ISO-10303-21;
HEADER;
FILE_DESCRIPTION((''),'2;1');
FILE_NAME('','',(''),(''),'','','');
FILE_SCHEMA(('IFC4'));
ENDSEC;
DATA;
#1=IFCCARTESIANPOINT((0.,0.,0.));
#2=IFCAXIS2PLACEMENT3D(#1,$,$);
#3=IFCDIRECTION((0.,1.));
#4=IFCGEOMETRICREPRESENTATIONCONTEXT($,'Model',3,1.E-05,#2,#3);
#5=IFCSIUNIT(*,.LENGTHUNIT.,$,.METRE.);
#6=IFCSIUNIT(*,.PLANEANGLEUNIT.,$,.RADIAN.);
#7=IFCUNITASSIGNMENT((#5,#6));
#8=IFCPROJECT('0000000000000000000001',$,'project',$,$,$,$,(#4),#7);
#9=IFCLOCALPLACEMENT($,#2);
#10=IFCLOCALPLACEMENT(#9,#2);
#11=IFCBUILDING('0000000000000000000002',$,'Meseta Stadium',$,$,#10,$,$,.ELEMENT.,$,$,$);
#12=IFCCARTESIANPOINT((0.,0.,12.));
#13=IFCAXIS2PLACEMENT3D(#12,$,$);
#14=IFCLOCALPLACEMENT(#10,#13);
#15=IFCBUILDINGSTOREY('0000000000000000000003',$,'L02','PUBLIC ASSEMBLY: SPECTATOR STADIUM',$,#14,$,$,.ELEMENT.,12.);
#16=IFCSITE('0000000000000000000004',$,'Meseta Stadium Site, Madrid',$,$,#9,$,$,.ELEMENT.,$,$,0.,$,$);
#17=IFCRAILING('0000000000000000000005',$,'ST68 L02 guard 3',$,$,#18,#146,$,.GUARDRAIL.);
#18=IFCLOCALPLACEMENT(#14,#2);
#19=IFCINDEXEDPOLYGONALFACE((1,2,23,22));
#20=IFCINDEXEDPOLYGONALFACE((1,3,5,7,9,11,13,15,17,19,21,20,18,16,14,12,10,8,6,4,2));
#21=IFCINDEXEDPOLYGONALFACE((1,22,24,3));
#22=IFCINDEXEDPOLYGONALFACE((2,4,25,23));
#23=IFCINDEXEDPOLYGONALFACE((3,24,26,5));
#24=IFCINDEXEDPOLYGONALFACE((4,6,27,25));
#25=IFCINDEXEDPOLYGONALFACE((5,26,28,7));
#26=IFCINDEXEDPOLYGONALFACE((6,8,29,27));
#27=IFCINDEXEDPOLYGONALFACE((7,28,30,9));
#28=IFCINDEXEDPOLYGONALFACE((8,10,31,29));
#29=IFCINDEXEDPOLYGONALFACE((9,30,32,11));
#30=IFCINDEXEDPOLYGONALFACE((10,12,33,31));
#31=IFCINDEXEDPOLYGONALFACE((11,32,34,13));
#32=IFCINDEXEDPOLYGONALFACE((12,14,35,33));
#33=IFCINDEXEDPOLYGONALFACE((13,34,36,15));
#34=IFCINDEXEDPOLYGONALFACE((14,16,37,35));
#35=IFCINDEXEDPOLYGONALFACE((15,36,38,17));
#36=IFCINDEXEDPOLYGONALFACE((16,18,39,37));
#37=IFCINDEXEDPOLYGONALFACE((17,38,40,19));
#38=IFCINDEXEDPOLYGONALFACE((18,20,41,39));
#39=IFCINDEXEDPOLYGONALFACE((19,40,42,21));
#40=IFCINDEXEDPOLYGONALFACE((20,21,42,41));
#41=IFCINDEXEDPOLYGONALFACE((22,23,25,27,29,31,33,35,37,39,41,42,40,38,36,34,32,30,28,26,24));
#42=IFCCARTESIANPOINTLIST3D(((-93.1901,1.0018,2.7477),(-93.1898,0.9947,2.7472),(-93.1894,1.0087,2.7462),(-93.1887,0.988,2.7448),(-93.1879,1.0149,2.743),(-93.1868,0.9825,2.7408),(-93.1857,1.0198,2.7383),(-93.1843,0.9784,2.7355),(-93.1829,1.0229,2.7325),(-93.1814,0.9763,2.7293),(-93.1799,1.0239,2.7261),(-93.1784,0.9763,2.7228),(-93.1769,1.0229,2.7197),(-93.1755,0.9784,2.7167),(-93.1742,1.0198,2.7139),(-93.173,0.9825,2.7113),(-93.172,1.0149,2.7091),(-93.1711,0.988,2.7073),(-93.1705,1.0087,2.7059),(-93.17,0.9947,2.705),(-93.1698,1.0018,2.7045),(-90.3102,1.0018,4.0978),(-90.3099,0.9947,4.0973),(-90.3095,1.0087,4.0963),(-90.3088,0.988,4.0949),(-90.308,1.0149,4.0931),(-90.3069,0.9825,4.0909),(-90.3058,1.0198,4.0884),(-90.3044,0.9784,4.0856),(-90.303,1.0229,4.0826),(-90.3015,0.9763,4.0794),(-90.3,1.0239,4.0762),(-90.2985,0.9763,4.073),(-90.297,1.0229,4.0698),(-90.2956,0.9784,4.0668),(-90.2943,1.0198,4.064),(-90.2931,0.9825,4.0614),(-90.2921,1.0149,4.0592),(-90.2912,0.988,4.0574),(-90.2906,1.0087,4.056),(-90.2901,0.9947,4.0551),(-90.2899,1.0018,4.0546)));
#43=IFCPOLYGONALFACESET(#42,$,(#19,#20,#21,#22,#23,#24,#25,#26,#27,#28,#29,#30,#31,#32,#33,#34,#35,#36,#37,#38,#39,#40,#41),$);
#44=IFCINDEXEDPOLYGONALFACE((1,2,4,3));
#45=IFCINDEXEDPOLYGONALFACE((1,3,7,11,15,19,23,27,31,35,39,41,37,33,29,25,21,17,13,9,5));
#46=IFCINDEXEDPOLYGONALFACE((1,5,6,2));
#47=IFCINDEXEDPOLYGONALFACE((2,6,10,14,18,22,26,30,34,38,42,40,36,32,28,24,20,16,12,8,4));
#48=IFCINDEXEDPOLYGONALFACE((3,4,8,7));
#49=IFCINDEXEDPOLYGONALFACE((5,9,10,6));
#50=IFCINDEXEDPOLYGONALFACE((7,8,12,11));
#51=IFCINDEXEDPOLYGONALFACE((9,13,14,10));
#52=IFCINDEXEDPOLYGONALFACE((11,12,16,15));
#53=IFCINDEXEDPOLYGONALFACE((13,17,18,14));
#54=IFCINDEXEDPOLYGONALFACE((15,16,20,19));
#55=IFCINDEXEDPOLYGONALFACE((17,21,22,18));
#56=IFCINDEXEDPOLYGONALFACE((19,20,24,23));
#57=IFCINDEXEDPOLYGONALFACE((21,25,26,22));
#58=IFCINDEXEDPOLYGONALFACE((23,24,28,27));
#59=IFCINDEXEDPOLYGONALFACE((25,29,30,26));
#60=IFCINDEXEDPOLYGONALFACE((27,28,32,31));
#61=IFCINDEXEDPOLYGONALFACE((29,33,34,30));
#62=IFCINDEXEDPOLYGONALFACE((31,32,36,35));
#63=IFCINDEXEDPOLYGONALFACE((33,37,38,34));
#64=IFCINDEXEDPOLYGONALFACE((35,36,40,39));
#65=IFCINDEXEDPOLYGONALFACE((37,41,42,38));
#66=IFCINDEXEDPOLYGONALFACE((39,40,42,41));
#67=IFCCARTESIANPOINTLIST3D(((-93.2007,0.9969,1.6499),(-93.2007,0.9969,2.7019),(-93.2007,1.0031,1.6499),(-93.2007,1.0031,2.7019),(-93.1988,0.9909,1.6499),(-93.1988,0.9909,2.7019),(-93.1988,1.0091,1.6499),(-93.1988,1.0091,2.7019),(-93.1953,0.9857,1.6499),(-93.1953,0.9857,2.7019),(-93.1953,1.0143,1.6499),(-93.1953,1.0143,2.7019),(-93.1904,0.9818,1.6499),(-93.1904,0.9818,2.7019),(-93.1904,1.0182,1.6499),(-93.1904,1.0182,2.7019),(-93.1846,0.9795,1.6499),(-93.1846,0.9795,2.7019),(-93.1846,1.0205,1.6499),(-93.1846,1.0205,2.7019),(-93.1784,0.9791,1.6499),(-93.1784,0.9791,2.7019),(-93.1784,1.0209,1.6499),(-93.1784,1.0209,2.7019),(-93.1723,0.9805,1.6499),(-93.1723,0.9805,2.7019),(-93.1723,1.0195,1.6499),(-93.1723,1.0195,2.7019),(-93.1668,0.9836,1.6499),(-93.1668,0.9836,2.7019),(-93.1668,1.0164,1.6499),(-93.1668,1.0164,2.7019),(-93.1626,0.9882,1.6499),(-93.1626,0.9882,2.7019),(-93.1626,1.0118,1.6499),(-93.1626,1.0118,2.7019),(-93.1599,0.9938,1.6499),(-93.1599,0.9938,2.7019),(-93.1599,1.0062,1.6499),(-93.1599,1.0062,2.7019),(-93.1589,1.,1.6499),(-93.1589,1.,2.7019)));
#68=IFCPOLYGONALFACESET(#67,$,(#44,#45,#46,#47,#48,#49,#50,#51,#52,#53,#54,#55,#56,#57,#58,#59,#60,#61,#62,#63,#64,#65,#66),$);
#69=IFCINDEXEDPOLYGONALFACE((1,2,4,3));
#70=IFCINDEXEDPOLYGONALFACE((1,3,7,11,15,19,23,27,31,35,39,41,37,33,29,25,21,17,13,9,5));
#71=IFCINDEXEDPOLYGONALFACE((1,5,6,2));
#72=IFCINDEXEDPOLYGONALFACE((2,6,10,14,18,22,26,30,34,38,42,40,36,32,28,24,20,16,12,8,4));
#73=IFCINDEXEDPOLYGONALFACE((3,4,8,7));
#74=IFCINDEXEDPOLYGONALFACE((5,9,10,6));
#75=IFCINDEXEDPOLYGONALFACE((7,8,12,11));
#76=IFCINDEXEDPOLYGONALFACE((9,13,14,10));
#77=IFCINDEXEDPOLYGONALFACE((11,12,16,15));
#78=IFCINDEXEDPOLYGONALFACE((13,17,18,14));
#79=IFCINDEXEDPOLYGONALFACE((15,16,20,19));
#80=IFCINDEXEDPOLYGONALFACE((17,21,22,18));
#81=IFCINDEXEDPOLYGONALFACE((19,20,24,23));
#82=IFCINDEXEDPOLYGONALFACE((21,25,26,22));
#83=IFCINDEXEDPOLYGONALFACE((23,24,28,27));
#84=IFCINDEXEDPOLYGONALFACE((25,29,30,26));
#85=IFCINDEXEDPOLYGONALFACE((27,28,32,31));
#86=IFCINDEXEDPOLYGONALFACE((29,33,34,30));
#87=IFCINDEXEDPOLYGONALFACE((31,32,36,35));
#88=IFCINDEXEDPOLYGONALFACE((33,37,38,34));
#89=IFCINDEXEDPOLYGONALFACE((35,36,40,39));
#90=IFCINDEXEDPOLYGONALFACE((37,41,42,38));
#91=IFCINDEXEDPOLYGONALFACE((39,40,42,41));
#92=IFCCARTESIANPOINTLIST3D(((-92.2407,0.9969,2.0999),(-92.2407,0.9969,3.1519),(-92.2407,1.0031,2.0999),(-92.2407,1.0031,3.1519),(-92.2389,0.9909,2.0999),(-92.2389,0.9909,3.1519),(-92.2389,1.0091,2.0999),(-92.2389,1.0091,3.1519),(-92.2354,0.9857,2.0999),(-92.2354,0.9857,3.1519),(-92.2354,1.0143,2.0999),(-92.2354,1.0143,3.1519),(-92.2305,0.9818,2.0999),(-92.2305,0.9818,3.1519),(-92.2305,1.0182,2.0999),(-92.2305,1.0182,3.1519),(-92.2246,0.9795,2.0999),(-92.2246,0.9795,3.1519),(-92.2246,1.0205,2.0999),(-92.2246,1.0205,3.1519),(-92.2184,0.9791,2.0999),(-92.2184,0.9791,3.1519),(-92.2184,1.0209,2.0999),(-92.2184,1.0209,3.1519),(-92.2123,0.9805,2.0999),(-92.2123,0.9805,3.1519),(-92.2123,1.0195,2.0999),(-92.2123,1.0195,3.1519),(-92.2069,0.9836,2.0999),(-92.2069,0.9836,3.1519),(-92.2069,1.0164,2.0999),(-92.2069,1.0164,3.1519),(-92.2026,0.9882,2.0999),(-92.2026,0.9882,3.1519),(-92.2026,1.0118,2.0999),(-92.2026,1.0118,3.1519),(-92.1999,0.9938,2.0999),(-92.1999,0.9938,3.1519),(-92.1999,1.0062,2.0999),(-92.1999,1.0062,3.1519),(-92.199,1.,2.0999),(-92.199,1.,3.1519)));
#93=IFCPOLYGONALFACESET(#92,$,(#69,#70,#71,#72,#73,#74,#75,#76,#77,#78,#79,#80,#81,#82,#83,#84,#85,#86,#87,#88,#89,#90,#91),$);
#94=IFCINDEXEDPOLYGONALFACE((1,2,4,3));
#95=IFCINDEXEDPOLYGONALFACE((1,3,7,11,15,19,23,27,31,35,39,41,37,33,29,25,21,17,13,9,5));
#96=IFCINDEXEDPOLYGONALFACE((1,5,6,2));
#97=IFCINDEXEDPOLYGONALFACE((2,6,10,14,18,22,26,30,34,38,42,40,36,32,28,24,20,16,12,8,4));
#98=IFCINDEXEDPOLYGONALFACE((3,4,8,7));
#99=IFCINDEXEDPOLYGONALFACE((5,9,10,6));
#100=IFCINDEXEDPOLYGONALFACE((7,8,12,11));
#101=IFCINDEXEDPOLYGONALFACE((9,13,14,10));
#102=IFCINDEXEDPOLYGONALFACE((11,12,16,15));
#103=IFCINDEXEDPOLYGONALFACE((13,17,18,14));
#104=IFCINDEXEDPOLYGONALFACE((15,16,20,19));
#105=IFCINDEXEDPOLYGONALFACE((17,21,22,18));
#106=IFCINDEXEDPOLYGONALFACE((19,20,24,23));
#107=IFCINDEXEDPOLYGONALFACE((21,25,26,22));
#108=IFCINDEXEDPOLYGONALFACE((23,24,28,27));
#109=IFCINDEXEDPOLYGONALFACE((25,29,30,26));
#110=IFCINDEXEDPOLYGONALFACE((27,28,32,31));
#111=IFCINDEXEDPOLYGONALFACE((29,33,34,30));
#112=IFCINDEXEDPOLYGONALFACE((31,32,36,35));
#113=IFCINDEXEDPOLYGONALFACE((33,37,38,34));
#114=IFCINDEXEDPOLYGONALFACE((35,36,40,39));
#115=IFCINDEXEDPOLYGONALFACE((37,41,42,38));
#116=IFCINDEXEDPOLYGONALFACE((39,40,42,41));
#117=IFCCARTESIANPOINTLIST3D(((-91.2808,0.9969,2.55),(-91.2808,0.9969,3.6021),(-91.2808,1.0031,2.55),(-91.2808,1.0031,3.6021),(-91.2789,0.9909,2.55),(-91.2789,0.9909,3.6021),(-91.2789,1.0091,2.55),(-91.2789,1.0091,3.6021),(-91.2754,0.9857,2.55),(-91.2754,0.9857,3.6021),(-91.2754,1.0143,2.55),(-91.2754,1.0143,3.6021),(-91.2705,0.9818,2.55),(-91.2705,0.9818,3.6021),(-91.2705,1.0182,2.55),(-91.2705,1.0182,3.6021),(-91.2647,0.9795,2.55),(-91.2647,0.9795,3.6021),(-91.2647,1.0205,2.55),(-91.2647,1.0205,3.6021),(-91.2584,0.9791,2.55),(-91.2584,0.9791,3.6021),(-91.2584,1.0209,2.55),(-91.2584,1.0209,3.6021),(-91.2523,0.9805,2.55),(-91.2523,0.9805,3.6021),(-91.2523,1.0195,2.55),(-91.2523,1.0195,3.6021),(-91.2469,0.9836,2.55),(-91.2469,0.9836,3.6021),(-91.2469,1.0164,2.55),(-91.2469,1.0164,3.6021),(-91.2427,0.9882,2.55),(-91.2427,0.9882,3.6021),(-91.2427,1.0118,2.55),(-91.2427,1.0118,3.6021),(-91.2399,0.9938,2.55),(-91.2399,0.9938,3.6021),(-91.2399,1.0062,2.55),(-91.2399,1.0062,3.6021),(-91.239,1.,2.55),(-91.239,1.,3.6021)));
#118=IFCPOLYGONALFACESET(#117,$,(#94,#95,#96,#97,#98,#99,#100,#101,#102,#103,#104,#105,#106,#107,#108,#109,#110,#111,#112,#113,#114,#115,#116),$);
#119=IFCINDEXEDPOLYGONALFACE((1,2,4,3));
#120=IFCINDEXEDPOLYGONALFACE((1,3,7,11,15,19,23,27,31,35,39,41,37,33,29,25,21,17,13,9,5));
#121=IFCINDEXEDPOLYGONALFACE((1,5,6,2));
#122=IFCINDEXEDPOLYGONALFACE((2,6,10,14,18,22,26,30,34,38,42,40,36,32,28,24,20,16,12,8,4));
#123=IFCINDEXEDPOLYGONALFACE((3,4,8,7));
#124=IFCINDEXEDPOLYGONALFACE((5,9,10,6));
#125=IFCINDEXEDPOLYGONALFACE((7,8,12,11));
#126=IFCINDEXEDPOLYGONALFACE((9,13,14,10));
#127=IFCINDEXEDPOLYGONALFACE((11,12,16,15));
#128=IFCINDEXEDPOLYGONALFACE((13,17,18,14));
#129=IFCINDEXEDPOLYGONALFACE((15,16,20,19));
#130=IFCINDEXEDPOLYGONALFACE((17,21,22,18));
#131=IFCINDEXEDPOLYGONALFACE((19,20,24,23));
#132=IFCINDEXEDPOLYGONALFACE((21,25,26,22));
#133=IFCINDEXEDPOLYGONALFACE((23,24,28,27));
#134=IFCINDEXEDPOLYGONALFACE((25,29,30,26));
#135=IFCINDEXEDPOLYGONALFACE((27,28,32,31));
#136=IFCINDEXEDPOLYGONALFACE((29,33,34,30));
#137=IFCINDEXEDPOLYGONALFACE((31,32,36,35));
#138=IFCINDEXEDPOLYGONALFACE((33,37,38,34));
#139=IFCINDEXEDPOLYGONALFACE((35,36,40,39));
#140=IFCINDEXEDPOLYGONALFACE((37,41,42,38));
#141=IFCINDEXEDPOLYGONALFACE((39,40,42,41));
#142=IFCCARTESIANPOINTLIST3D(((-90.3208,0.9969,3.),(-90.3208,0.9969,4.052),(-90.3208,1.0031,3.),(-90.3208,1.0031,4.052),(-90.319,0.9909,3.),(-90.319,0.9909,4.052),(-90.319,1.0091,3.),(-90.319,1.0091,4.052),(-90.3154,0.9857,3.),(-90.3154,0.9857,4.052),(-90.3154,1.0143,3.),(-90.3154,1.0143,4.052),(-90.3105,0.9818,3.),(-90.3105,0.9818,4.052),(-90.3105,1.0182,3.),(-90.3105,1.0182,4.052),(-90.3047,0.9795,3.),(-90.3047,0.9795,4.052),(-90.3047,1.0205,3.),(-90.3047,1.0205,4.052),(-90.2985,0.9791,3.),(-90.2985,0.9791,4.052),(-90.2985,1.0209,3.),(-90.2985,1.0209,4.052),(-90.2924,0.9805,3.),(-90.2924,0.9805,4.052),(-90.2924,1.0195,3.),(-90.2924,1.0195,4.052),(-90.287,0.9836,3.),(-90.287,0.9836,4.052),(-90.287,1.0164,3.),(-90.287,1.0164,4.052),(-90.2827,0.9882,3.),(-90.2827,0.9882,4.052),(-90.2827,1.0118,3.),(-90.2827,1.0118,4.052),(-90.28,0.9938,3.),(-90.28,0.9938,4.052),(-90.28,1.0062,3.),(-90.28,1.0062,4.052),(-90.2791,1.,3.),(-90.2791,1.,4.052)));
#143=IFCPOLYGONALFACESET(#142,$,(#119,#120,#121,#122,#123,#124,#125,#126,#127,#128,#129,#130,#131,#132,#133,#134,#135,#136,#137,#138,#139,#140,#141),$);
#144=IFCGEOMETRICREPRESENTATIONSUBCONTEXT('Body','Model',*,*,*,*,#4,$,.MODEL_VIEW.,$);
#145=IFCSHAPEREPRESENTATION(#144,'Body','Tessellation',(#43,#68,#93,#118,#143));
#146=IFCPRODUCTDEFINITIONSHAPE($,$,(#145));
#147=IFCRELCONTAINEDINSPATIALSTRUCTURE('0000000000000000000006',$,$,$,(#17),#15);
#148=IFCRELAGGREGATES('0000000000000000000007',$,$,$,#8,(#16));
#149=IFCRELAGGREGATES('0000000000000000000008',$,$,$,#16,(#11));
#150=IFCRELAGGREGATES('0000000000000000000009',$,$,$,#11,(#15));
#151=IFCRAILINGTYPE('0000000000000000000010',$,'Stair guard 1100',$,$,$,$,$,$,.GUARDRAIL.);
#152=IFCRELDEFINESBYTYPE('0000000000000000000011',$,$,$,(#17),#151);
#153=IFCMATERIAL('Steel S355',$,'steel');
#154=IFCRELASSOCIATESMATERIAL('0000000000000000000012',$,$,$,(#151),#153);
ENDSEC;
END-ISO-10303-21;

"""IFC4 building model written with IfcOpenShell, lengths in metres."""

from ifc_helpers import new_model, si_unit, direction, frame, origin, origin_2d, place, context, subcontext, project, spatial, circle, extrude, material, type_object, element, save


model = new_model("IFC4")

# Units and contexts
model_context = context("Model", 3, precision=1e-05, world=origin(), true_north=direction((0.0, 1.0)))
body_context = subcontext(model_context, "Body", "Model", "MODEL_VIEW")
ifc_project = project(units=[si_unit("LENGTHUNIT", "METRE"), si_unit("PLANEANGLEUNIT", "RADIAN")], contexts=[model_context])

# Site, building, storey
site_placement = place(None, origin())
site = spatial("IfcSite", under=ifc_project, at=site_placement, Name="Meseta Stadium Site, Madrid", CompositionType="ELEMENT", RefElevation=0.0)
building_placement = place(site_placement, origin())
building = spatial("IfcBuilding", under=site, at=building_placement, Name="Meseta Stadium", CompositionType="ELEMENT")
storey_placement = place(building_placement, frame((0.0, 0.0, 12.0)))
storey = spatial("IfcBuildingStorey", under=building, at=storey_placement, Name="L02", Description="PUBLIC ASSEMBLY: SPECTATOR STADIUM", CompositionType="ELEMENT", Elevation=12.0)

# Railing
ifc_material_1 = material(Name="Steel S355", Category="steel")
railing_type_1 = type_object("IfcRailingType", Name="Stair guard 1100", PredefinedType="GUARDRAIL", material=ifc_material_1)
railing_1_placement = place(storey_placement, frame((-93.1799, 1.0, 1.6499)))
element("IfcRailing", 1, at=railing_1_placement, inside=storey, type_object=railing_type_1, Name="ST68 L02 guard 3", PredefinedType="GUARDRAIL", context=body_context, shape_type="SweptSolid", body=[
    extrude(circle(Radius=0.0239, at=origin_2d()), frame((0.0, 0.0, 1.0762), z_axis=(0.90544, 0.0, 0.424473), x_axis=(0.0, 1.0, 0.0)), (0.0, 0.0, 1.0), 3.1807),
    extrude(circle(Radius=0.021, at=origin_2d()), origin(), (0.0, 0.0, 1.0), 1.052),
    extrude(circle(Radius=0.021, at=origin_2d()), frame((0.96, 0.0, 0.45)), (0.0, 0.0, 1.0), 1.052),
    extrude(circle(Radius=0.021, at=origin_2d()), frame((1.9199, 0.0, 0.9001)), (0.0, 0.0, 1.0), 1.052),
    extrude(circle(Radius=0.021, at=origin_2d()), frame((2.8799, 0.0, 1.3501)), (0.0, 0.0, 1.0), 1.052),
])

save(model, "model.ifc")
